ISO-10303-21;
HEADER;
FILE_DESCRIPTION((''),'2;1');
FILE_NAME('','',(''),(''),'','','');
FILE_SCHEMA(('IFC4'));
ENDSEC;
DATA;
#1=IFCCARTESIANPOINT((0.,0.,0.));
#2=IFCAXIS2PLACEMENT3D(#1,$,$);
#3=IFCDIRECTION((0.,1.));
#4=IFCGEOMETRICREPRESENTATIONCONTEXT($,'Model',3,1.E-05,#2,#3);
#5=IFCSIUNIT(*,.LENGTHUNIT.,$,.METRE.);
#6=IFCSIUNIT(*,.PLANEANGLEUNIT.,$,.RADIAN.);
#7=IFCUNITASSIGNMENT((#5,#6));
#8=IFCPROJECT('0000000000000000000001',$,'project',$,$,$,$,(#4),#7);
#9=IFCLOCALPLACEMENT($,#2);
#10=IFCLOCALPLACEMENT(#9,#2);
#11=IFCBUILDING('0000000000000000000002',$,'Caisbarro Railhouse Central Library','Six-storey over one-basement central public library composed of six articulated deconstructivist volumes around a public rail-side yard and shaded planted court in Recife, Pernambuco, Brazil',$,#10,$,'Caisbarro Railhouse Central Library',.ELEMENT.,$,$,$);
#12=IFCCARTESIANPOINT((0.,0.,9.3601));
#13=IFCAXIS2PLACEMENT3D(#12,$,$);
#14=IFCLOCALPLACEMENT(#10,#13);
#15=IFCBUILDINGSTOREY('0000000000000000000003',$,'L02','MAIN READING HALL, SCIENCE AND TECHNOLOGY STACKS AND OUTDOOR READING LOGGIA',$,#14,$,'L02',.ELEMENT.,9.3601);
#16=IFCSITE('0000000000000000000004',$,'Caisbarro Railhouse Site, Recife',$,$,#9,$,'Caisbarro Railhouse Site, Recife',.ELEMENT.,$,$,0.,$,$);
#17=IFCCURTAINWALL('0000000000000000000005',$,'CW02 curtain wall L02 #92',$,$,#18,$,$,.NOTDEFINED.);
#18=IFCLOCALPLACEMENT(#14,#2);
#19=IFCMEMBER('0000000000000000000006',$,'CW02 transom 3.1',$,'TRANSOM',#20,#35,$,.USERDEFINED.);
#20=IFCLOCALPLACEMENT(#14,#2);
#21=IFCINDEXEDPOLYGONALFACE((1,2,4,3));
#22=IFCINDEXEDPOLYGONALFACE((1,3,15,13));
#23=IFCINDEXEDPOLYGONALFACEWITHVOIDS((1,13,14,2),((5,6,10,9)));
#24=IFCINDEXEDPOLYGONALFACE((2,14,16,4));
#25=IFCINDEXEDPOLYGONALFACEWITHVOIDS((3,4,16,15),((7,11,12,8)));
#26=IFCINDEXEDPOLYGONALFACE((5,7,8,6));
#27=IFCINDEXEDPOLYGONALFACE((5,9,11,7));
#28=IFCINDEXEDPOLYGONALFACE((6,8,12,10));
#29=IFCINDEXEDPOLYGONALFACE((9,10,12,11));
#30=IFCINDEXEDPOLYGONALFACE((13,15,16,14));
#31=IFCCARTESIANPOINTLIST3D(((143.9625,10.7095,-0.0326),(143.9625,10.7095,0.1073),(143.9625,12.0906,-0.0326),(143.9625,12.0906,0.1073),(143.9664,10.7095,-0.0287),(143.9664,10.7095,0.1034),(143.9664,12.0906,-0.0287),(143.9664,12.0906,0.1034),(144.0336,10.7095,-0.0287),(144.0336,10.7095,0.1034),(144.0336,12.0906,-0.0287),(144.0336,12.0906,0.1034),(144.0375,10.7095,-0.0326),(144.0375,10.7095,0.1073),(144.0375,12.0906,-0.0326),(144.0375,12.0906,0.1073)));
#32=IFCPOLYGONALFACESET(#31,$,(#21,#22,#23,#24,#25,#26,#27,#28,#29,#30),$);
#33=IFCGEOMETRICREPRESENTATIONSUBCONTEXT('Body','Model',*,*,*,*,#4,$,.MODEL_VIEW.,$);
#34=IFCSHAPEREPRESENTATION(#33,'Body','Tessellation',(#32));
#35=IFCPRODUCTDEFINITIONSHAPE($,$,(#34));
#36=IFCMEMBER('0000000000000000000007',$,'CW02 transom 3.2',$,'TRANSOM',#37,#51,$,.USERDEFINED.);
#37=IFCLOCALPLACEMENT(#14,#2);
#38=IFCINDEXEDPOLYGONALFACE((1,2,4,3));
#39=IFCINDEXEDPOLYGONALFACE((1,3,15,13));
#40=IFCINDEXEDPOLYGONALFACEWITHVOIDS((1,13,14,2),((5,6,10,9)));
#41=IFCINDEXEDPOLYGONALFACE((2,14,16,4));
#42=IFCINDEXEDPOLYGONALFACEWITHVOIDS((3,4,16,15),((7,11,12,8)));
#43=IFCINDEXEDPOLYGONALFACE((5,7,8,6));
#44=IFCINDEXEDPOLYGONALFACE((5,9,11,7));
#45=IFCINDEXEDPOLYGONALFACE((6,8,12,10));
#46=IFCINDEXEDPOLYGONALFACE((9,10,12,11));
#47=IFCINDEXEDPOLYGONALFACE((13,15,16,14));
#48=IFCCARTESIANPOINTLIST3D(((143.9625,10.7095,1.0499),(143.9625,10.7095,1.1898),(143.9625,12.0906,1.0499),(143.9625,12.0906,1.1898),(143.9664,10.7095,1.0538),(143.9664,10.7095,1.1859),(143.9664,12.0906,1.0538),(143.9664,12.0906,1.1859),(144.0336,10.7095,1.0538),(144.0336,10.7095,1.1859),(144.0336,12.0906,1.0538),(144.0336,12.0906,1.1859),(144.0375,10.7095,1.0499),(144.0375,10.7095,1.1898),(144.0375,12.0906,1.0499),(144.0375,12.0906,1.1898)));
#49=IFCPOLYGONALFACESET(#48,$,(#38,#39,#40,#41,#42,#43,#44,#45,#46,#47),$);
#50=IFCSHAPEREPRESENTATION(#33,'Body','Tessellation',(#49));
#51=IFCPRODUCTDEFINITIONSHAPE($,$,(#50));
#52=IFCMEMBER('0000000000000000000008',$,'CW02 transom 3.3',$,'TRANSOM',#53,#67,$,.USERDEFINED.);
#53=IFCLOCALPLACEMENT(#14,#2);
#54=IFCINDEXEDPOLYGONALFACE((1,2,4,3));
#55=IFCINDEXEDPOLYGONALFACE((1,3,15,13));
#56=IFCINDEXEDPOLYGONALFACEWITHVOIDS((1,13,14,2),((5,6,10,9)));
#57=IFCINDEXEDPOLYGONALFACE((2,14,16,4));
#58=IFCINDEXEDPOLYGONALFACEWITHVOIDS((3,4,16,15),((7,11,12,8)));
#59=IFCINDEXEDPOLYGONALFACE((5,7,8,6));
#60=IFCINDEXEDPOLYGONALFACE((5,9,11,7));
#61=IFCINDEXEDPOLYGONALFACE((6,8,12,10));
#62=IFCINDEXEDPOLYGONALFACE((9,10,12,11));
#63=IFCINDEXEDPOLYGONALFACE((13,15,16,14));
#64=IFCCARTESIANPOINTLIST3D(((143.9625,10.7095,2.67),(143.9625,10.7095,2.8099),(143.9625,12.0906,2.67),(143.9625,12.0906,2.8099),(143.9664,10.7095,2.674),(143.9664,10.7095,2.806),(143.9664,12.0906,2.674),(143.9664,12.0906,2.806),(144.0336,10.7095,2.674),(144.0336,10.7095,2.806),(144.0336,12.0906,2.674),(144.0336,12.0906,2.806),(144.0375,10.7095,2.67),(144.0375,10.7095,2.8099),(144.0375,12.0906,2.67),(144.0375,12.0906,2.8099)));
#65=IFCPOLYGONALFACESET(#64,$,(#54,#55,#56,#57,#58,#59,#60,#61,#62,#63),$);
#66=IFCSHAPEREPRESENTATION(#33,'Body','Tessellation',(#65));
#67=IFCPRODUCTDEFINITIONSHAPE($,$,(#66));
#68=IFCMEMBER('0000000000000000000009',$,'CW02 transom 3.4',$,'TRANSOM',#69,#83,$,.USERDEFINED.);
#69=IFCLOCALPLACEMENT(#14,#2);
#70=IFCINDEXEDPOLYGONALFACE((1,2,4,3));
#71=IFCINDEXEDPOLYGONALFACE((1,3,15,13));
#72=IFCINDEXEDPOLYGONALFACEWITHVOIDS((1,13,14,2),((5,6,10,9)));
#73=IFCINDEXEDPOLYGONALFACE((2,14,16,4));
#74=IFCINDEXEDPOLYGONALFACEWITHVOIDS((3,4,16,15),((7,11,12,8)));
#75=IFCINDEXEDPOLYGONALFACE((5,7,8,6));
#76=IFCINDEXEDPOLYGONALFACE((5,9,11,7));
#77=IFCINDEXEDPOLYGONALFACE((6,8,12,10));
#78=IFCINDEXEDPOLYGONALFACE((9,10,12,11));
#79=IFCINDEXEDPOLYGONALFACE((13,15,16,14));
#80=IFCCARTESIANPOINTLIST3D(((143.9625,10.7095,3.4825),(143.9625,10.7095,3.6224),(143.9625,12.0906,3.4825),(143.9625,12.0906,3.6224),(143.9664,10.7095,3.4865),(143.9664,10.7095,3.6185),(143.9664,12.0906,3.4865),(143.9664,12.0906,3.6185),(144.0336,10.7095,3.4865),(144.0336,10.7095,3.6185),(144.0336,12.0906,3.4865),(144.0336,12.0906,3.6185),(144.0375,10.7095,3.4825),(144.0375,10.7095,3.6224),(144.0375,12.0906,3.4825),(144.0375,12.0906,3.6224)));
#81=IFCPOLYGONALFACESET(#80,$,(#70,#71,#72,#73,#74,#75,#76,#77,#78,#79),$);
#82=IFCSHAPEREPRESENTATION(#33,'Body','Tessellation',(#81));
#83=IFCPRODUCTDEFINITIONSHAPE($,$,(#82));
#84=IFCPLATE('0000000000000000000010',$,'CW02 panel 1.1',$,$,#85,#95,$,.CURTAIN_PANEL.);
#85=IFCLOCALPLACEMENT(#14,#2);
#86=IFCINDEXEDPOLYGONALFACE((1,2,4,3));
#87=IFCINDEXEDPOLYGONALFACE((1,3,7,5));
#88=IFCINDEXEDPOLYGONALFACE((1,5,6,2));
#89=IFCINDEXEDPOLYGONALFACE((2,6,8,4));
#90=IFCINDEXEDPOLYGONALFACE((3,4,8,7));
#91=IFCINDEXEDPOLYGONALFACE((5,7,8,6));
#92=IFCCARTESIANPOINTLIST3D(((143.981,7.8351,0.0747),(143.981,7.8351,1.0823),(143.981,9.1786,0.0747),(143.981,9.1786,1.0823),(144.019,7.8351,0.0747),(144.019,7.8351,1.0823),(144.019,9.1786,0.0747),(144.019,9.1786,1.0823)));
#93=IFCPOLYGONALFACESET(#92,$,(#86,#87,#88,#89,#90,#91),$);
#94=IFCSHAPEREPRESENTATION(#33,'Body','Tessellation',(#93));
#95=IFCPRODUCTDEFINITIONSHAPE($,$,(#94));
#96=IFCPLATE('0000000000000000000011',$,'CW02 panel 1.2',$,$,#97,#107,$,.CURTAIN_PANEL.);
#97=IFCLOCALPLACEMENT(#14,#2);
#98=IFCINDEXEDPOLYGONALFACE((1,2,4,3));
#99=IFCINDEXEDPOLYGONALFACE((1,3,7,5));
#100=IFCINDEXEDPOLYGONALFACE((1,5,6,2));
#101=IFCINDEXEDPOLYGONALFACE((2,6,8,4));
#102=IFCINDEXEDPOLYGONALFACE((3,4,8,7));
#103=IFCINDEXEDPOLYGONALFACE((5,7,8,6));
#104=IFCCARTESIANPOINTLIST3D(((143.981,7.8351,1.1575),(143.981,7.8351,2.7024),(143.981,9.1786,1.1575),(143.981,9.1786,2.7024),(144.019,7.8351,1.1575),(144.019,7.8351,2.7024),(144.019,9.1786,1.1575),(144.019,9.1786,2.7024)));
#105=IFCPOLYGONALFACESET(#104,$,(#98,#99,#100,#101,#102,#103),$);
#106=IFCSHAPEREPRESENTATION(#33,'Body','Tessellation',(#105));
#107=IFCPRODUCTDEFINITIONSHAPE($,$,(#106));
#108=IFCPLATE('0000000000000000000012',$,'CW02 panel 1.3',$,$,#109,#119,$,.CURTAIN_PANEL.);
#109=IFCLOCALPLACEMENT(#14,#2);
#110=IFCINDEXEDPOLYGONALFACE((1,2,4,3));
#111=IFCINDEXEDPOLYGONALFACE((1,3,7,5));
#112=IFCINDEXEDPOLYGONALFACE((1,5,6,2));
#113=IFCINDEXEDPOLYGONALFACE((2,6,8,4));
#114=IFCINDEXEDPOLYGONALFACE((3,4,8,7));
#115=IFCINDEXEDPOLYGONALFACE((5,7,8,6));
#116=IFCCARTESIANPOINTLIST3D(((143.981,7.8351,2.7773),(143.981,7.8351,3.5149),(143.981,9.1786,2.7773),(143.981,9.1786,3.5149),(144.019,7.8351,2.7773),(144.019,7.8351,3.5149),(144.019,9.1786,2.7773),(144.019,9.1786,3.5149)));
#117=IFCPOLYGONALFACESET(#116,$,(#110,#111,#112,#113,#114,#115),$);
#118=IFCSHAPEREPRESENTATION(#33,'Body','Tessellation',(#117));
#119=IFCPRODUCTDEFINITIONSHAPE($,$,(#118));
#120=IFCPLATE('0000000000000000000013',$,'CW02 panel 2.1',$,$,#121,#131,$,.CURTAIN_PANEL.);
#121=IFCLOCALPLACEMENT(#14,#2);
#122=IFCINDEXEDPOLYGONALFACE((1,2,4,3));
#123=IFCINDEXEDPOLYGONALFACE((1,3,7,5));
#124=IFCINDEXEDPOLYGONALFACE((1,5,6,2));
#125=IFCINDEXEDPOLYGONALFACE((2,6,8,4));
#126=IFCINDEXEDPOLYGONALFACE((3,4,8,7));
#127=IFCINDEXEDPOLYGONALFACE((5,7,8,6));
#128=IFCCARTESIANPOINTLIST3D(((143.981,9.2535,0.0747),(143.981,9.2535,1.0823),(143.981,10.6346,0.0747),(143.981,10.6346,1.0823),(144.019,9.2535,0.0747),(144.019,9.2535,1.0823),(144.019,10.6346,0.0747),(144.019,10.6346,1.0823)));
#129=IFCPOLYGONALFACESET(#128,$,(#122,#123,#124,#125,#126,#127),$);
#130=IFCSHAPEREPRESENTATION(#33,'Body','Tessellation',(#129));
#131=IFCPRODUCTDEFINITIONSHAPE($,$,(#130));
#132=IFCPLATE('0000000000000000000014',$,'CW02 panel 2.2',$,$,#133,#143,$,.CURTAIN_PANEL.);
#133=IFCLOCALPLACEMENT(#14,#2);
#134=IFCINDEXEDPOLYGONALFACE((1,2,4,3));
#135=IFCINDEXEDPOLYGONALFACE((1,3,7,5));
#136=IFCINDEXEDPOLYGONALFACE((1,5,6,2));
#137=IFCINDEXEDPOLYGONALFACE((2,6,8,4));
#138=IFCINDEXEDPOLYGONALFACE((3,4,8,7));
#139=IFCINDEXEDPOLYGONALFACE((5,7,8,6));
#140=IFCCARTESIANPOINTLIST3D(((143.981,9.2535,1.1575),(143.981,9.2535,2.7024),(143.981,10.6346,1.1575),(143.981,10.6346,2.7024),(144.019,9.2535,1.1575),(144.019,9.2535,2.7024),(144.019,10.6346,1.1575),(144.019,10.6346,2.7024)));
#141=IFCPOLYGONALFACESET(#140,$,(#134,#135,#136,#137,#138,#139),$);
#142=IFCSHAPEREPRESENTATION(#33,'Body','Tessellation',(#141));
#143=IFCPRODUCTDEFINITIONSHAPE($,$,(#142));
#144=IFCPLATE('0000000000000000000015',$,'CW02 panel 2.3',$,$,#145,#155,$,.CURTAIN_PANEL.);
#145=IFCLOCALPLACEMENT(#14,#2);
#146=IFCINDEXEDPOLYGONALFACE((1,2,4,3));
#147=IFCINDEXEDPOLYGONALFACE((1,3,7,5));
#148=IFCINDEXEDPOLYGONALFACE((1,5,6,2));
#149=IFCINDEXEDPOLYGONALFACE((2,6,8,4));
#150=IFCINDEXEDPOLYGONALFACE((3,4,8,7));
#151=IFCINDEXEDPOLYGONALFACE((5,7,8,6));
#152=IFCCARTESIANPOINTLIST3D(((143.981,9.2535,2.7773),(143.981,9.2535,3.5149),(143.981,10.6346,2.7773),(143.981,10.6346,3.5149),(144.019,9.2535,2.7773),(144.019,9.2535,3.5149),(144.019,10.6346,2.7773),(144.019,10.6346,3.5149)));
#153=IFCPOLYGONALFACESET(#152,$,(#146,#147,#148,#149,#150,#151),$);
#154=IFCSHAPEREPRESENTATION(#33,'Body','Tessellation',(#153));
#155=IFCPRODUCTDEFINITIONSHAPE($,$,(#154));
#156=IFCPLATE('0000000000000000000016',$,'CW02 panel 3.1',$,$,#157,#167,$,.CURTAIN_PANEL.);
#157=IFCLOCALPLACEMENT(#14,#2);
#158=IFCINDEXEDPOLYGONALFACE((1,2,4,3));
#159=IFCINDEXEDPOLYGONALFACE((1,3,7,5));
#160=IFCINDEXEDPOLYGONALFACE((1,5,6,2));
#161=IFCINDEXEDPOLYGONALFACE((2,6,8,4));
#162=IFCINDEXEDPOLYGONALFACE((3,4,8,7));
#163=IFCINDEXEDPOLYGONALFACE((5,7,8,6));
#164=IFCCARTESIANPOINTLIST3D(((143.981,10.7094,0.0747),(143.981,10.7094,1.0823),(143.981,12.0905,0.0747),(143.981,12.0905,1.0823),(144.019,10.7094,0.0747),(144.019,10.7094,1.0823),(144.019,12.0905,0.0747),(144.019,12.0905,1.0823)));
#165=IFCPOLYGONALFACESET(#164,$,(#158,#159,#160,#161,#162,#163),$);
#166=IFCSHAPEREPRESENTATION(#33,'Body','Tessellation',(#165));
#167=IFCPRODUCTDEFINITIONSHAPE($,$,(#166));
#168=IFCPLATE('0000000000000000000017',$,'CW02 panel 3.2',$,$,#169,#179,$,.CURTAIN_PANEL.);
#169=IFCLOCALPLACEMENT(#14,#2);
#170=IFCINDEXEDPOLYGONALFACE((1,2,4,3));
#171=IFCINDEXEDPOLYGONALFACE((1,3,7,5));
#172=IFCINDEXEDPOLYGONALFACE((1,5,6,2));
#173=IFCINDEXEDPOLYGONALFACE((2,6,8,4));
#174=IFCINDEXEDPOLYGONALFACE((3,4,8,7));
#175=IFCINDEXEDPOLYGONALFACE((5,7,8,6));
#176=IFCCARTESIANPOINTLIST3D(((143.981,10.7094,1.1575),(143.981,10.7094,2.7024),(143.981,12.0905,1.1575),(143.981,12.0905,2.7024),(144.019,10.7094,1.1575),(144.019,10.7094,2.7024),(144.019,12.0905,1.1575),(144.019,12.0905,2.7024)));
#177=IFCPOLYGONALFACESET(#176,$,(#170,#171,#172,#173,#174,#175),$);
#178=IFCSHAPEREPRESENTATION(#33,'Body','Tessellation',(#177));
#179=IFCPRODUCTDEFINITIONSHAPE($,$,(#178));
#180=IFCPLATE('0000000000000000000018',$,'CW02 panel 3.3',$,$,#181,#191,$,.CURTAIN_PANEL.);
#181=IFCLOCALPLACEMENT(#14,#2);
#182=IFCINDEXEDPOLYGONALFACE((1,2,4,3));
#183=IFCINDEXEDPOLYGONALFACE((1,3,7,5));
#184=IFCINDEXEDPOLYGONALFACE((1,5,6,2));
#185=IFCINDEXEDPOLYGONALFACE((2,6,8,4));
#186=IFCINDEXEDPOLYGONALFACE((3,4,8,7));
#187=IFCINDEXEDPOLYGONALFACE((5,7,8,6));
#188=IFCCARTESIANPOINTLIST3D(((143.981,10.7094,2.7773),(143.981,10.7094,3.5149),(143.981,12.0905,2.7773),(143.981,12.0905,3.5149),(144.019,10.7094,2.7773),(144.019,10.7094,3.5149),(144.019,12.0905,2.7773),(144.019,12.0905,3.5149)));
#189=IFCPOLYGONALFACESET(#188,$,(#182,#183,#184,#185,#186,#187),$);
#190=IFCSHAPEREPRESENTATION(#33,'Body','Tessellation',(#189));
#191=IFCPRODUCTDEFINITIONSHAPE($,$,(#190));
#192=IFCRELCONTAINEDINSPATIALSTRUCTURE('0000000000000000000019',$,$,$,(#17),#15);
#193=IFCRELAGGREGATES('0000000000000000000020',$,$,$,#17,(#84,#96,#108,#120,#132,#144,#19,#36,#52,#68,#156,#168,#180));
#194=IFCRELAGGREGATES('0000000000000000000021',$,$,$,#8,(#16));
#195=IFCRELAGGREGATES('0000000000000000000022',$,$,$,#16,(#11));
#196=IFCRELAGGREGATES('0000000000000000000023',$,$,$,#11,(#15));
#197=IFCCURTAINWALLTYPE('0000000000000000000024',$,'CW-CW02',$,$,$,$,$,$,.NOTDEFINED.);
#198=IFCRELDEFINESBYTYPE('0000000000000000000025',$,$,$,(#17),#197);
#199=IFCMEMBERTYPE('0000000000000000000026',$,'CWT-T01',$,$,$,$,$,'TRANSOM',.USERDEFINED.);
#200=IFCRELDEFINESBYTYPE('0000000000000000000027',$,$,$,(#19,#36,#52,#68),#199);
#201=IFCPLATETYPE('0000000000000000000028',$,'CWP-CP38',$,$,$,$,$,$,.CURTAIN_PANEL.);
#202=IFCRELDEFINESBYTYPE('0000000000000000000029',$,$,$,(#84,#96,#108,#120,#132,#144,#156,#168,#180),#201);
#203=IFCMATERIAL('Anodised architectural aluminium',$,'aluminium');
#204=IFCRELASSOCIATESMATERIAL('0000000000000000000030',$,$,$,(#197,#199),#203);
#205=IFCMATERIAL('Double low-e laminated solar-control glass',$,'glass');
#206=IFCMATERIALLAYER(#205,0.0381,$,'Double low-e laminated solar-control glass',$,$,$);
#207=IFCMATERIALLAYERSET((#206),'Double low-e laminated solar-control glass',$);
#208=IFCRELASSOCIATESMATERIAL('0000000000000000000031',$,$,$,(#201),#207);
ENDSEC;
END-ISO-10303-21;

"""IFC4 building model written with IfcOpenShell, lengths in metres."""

from ifc_helpers import new_model, si_unit, direction, frame, origin, origin_2d, place, context, subcontext, project, spatial, rectangle, hollow_rectangle, extrude, material, layer, layer_set, material_profile, profile_set, type_object, element, aggregate, save


model = new_model("IFC4")

# Units and contexts
model_context = context("Model", 3, precision=1e-05, world=origin(), true_north=direction((0.0, 1.0)))
body_context = subcontext(model_context, "Body", "Model", "MODEL_VIEW")
ifc_project = project(units=[si_unit("LENGTHUNIT", "METRE"), si_unit("PLANEANGLEUNIT", "RADIAN")], contexts=[model_context])

# Site, building, storey
site_placement = place(None, origin())
site = spatial("IfcSite", under=ifc_project, at=site_placement, Name="Caisbarro Railhouse Site, Recife", LongName="Caisbarro Railhouse Site, Recife", CompositionType="ELEMENT", RefElevation=0.0)
building_placement = place(site_placement, origin())
building = spatial("IfcBuilding", under=site, at=building_placement, Name="Caisbarro Railhouse Central Library", Description="Six-storey over one-basement central public library composed of six articulated deconstructivist volumes around a public rail-side yard and shaded planted court in Recife, Pernambuco, Brazil", LongName="Caisbarro Railhouse Central Library", CompositionType="ELEMENT")
storey_placement = place(building_placement, frame((0.0, 0.0, 9.3601)))
storey = spatial("IfcBuildingStorey", under=building, at=storey_placement, Name="L02", Description="MAIN READING HALL, SCIENCE AND TECHNOLOGY STACKS AND OUTDOOR READING LOGGIA", LongName="L02", CompositionType="ELEMENT", Elevation=9.3601)

# Curtain wall, members, plates
ifc_material_1 = material(Name="Anodised architectural aluminium", Category="aluminium")
curtain_wall_type = type_object("IfcCurtainWallType", Name="CW-CW02", PredefinedType="NOTDEFINED", material=ifc_material_1)
curtain_wall_placement = place(storey_placement, origin())
curtain_wall = element("IfcCurtainWall", 1, at=curtain_wall_placement, inside=storey, type_object=curtain_wall_type, Name="CW02 curtain wall L02 #92", PredefinedType="NOTDEFINED")
ifc_material_profile_1 = material_profile(ifc_material_1, hollow_rectangle(XDim=0.075, YDim=0.1399, WallThickness=0.0039, at=origin_2d()), Name="ALU-TRN-75X140")
ifc_profile_set_1 = profile_set([ifc_material_profile_1], Name="Anodised architectural aluminium")
member_type_1 = type_object("IfcMemberType", Name="CWT-T01", ElementType="TRANSOM", PredefinedType="USERDEFINED", material=ifc_profile_set_1)
member_1_placement = place(storey_placement, frame((144.0, 10.7095, 0.0374), z_axis=(0.0, 1.0, 0.0), x_axis=(-1.0, 0.0, 0.0)))
member_1 = element("IfcMember", 2, at=member_1_placement, type_object=member_type_1, Name="CW02 transom 3.1", ObjectType="TRANSOM", PredefinedType="USERDEFINED", context=body_context, shape_type="SweptSolid", body=[
    extrude(hollow_rectangle(XDim=0.075, YDim=0.1399, WallThickness=0.0039, at=origin_2d()), origin(), (0.0, 0.0, 1.0), 1.3811),
])
member_2_placement = place(storey_placement, frame((144.0, 10.7095, 1.1199), z_axis=(0.0, 1.0, 0.0), x_axis=(-1.0, 0.0, 0.0)))
member_2 = element("IfcMember", 3, at=member_2_placement, type_object=member_type_1, Name="CW02 transom 3.2", ObjectType="TRANSOM", PredefinedType="USERDEFINED", context=body_context, shape_type="SweptSolid", body=[
    extrude(hollow_rectangle(XDim=0.075, YDim=0.1399, WallThickness=0.0039, at=origin_2d()), origin(), (0.0, 0.0, 1.0), 1.3811),
])
member_3_placement = place(storey_placement, frame((144.0, 10.7095, 2.74), z_axis=(0.0, 1.0, 0.0), x_axis=(-1.0, 0.0, 0.0)))
member_3 = element("IfcMember", 4, at=member_3_placement, type_object=member_type_1, Name="CW02 transom 3.3", ObjectType="TRANSOM", PredefinedType="USERDEFINED", context=body_context, shape_type="SweptSolid", body=[
    extrude(hollow_rectangle(XDim=0.075, YDim=0.1399, WallThickness=0.0039, at=origin_2d()), origin(), (0.0, 0.0, 1.0), 1.3811),
])
member_4_placement = place(storey_placement, frame((144.0, 10.7095, 3.5525), z_axis=(0.0, 1.0, 0.0), x_axis=(-1.0, 0.0, 0.0)))
member_4 = element("IfcMember", 5, at=member_4_placement, type_object=member_type_1, Name="CW02 transom 3.4", ObjectType="TRANSOM", PredefinedType="USERDEFINED", context=body_context, shape_type="SweptSolid", body=[
    extrude(hollow_rectangle(XDim=0.075, YDim=0.1399, WallThickness=0.0039, at=origin_2d()), origin(), (0.0, 0.0, 1.0), 1.3811),
])
ifc_material_2 = material(Name="Double low-e laminated solar-control glass", Category="glass")
ifc_layer_1 = layer(ifc_material_2, 0.0381, Name="Double low-e laminated solar-control glass")
ifc_layer_set_1 = layer_set([ifc_layer_1], Name="Double low-e laminated solar-control glass")
plate_type = type_object("IfcPlateType", Name="CWP-CP38", PredefinedType="CURTAIN_PANEL", material=ifc_layer_set_1)
plate_1_placement = place(storey_placement, frame((144.0, 8.5068, 0.0747), z_axis=(0.0, 0.0, 1.0), x_axis=(0.0, 1.0, 0.0)))
plate_1 = element("IfcPlate", 6, at=plate_1_placement, type_object=plate_type, Name="CW02 panel 1.1", PredefinedType="CURTAIN_PANEL", context=body_context, shape_type="SweptSolid", body=[
    extrude(rectangle(XDim=1.3435, YDim=0.0381, at=origin_2d()), origin(), (0.0, 0.0, 1.0), 1.0076),
])
plate_2_placement = place(storey_placement, frame((144.0, 8.5068, 1.1575), z_axis=(0.0, 0.0, 1.0), x_axis=(0.0, 1.0, 0.0)))
plate_2 = element("IfcPlate", 7, at=plate_2_placement, type_object=plate_type, Name="CW02 panel 1.2", PredefinedType="CURTAIN_PANEL", context=body_context, shape_type="SweptSolid", body=[
    extrude(rectangle(XDim=1.3435, YDim=0.0381, at=origin_2d()), origin(), (0.0, 0.0, 1.0), 1.5449),
])
plate_3_placement = place(storey_placement, frame((144.0, 8.5068, 2.7773), z_axis=(0.0, 0.0, 1.0), x_axis=(0.0, 1.0, 0.0)))
plate_3 = element("IfcPlate", 8, at=plate_3_placement, type_object=plate_type, Name="CW02 panel 1.3", PredefinedType="CURTAIN_PANEL", context=body_context, shape_type="SweptSolid", body=[
    extrude(rectangle(XDim=1.3435, YDim=0.0381, at=origin_2d()), origin(), (0.0, 0.0, 1.0), 0.7375),
])
plate_4_placement = place(storey_placement, frame((144.0, 9.9441, 0.0747), z_axis=(0.0, 0.0, 1.0), x_axis=(0.0, 1.0, 0.0)))
plate_4 = element("IfcPlate", 9, at=plate_4_placement, type_object=plate_type, Name="CW02 panel 2.1", PredefinedType="CURTAIN_PANEL", context=body_context, shape_type="SweptSolid", body=[
    extrude(rectangle(XDim=1.3811, YDim=0.0381, at=origin_2d()), origin(), (0.0, 0.0, 1.0), 1.0076),
])
plate_5_placement = place(storey_placement, frame((144.0, 9.9441, 1.1575), z_axis=(0.0, 0.0, 1.0), x_axis=(0.0, 1.0, 0.0)))
plate_5 = element("IfcPlate", 10, at=plate_5_placement, type_object=plate_type, Name="CW02 panel 2.2", PredefinedType="CURTAIN_PANEL", context=body_context, shape_type="SweptSolid", body=[
    extrude(rectangle(XDim=1.3811, YDim=0.0381, at=origin_2d()), origin(), (0.0, 0.0, 1.0), 1.5449),
])
plate_6_placement = place(storey_placement, frame((144.0, 9.9441, 2.7773), z_axis=(0.0, 0.0, 1.0), x_axis=(0.0, 1.0, 0.0)))
plate_6 = element("IfcPlate", 11, at=plate_6_placement, type_object=plate_type, Name="CW02 panel 2.3", PredefinedType="CURTAIN_PANEL", context=body_context, shape_type="SweptSolid", body=[
    extrude(rectangle(XDim=1.3811, YDim=0.0381, at=origin_2d()), origin(), (0.0, 0.0, 1.0), 0.7375),
])
plate_7_placement = place(storey_placement, frame((144.0, 11.3999, 0.0747), z_axis=(0.0, 0.0, 1.0), x_axis=(0.0, 1.0, 0.0)))
plate_7 = element("IfcPlate", 12, at=plate_7_placement, type_object=plate_type, Name="CW02 panel 3.1", PredefinedType="CURTAIN_PANEL", context=body_context, shape_type="SweptSolid", body=[
    extrude(rectangle(XDim=1.3811, YDim=0.0381, at=origin_2d()), origin(), (0.0, 0.0, 1.0), 1.0076),
])
plate_8_placement = place(storey_placement, frame((144.0, 11.3999, 1.1575), z_axis=(0.0, 0.0, 1.0), x_axis=(0.0, 1.0, 0.0)))
plate_8 = element("IfcPlate", 13, at=plate_8_placement, type_object=plate_type, Name="CW02 panel 3.2", PredefinedType="CURTAIN_PANEL", context=body_context, shape_type="SweptSolid", body=[
    extrude(rectangle(XDim=1.3811, YDim=0.0381, at=origin_2d()), origin(), (0.0, 0.0, 1.0), 1.5449),
])
plate_9_placement = place(storey_placement, frame((144.0, 11.3999, 2.7773), z_axis=(0.0, 0.0, 1.0), x_axis=(0.0, 1.0, 0.0)))
plate_9 = element("IfcPlate", 14, at=plate_9_placement, type_object=plate_type, Name="CW02 panel 3.3", PredefinedType="CURTAIN_PANEL", context=body_context, shape_type="SweptSolid", body=[
    extrude(rectangle(XDim=1.3811, YDim=0.0381, at=origin_2d()), origin(), (0.0, 0.0, 1.0), 0.7375),
])
aggregate(curtain_wall, [plate_1, plate_2, plate_3, plate_4, plate_5, plate_6, member_1, member_2, member_3, member_4, plate_7, plate_8, plate_9])

save(model, "model.ifc")
